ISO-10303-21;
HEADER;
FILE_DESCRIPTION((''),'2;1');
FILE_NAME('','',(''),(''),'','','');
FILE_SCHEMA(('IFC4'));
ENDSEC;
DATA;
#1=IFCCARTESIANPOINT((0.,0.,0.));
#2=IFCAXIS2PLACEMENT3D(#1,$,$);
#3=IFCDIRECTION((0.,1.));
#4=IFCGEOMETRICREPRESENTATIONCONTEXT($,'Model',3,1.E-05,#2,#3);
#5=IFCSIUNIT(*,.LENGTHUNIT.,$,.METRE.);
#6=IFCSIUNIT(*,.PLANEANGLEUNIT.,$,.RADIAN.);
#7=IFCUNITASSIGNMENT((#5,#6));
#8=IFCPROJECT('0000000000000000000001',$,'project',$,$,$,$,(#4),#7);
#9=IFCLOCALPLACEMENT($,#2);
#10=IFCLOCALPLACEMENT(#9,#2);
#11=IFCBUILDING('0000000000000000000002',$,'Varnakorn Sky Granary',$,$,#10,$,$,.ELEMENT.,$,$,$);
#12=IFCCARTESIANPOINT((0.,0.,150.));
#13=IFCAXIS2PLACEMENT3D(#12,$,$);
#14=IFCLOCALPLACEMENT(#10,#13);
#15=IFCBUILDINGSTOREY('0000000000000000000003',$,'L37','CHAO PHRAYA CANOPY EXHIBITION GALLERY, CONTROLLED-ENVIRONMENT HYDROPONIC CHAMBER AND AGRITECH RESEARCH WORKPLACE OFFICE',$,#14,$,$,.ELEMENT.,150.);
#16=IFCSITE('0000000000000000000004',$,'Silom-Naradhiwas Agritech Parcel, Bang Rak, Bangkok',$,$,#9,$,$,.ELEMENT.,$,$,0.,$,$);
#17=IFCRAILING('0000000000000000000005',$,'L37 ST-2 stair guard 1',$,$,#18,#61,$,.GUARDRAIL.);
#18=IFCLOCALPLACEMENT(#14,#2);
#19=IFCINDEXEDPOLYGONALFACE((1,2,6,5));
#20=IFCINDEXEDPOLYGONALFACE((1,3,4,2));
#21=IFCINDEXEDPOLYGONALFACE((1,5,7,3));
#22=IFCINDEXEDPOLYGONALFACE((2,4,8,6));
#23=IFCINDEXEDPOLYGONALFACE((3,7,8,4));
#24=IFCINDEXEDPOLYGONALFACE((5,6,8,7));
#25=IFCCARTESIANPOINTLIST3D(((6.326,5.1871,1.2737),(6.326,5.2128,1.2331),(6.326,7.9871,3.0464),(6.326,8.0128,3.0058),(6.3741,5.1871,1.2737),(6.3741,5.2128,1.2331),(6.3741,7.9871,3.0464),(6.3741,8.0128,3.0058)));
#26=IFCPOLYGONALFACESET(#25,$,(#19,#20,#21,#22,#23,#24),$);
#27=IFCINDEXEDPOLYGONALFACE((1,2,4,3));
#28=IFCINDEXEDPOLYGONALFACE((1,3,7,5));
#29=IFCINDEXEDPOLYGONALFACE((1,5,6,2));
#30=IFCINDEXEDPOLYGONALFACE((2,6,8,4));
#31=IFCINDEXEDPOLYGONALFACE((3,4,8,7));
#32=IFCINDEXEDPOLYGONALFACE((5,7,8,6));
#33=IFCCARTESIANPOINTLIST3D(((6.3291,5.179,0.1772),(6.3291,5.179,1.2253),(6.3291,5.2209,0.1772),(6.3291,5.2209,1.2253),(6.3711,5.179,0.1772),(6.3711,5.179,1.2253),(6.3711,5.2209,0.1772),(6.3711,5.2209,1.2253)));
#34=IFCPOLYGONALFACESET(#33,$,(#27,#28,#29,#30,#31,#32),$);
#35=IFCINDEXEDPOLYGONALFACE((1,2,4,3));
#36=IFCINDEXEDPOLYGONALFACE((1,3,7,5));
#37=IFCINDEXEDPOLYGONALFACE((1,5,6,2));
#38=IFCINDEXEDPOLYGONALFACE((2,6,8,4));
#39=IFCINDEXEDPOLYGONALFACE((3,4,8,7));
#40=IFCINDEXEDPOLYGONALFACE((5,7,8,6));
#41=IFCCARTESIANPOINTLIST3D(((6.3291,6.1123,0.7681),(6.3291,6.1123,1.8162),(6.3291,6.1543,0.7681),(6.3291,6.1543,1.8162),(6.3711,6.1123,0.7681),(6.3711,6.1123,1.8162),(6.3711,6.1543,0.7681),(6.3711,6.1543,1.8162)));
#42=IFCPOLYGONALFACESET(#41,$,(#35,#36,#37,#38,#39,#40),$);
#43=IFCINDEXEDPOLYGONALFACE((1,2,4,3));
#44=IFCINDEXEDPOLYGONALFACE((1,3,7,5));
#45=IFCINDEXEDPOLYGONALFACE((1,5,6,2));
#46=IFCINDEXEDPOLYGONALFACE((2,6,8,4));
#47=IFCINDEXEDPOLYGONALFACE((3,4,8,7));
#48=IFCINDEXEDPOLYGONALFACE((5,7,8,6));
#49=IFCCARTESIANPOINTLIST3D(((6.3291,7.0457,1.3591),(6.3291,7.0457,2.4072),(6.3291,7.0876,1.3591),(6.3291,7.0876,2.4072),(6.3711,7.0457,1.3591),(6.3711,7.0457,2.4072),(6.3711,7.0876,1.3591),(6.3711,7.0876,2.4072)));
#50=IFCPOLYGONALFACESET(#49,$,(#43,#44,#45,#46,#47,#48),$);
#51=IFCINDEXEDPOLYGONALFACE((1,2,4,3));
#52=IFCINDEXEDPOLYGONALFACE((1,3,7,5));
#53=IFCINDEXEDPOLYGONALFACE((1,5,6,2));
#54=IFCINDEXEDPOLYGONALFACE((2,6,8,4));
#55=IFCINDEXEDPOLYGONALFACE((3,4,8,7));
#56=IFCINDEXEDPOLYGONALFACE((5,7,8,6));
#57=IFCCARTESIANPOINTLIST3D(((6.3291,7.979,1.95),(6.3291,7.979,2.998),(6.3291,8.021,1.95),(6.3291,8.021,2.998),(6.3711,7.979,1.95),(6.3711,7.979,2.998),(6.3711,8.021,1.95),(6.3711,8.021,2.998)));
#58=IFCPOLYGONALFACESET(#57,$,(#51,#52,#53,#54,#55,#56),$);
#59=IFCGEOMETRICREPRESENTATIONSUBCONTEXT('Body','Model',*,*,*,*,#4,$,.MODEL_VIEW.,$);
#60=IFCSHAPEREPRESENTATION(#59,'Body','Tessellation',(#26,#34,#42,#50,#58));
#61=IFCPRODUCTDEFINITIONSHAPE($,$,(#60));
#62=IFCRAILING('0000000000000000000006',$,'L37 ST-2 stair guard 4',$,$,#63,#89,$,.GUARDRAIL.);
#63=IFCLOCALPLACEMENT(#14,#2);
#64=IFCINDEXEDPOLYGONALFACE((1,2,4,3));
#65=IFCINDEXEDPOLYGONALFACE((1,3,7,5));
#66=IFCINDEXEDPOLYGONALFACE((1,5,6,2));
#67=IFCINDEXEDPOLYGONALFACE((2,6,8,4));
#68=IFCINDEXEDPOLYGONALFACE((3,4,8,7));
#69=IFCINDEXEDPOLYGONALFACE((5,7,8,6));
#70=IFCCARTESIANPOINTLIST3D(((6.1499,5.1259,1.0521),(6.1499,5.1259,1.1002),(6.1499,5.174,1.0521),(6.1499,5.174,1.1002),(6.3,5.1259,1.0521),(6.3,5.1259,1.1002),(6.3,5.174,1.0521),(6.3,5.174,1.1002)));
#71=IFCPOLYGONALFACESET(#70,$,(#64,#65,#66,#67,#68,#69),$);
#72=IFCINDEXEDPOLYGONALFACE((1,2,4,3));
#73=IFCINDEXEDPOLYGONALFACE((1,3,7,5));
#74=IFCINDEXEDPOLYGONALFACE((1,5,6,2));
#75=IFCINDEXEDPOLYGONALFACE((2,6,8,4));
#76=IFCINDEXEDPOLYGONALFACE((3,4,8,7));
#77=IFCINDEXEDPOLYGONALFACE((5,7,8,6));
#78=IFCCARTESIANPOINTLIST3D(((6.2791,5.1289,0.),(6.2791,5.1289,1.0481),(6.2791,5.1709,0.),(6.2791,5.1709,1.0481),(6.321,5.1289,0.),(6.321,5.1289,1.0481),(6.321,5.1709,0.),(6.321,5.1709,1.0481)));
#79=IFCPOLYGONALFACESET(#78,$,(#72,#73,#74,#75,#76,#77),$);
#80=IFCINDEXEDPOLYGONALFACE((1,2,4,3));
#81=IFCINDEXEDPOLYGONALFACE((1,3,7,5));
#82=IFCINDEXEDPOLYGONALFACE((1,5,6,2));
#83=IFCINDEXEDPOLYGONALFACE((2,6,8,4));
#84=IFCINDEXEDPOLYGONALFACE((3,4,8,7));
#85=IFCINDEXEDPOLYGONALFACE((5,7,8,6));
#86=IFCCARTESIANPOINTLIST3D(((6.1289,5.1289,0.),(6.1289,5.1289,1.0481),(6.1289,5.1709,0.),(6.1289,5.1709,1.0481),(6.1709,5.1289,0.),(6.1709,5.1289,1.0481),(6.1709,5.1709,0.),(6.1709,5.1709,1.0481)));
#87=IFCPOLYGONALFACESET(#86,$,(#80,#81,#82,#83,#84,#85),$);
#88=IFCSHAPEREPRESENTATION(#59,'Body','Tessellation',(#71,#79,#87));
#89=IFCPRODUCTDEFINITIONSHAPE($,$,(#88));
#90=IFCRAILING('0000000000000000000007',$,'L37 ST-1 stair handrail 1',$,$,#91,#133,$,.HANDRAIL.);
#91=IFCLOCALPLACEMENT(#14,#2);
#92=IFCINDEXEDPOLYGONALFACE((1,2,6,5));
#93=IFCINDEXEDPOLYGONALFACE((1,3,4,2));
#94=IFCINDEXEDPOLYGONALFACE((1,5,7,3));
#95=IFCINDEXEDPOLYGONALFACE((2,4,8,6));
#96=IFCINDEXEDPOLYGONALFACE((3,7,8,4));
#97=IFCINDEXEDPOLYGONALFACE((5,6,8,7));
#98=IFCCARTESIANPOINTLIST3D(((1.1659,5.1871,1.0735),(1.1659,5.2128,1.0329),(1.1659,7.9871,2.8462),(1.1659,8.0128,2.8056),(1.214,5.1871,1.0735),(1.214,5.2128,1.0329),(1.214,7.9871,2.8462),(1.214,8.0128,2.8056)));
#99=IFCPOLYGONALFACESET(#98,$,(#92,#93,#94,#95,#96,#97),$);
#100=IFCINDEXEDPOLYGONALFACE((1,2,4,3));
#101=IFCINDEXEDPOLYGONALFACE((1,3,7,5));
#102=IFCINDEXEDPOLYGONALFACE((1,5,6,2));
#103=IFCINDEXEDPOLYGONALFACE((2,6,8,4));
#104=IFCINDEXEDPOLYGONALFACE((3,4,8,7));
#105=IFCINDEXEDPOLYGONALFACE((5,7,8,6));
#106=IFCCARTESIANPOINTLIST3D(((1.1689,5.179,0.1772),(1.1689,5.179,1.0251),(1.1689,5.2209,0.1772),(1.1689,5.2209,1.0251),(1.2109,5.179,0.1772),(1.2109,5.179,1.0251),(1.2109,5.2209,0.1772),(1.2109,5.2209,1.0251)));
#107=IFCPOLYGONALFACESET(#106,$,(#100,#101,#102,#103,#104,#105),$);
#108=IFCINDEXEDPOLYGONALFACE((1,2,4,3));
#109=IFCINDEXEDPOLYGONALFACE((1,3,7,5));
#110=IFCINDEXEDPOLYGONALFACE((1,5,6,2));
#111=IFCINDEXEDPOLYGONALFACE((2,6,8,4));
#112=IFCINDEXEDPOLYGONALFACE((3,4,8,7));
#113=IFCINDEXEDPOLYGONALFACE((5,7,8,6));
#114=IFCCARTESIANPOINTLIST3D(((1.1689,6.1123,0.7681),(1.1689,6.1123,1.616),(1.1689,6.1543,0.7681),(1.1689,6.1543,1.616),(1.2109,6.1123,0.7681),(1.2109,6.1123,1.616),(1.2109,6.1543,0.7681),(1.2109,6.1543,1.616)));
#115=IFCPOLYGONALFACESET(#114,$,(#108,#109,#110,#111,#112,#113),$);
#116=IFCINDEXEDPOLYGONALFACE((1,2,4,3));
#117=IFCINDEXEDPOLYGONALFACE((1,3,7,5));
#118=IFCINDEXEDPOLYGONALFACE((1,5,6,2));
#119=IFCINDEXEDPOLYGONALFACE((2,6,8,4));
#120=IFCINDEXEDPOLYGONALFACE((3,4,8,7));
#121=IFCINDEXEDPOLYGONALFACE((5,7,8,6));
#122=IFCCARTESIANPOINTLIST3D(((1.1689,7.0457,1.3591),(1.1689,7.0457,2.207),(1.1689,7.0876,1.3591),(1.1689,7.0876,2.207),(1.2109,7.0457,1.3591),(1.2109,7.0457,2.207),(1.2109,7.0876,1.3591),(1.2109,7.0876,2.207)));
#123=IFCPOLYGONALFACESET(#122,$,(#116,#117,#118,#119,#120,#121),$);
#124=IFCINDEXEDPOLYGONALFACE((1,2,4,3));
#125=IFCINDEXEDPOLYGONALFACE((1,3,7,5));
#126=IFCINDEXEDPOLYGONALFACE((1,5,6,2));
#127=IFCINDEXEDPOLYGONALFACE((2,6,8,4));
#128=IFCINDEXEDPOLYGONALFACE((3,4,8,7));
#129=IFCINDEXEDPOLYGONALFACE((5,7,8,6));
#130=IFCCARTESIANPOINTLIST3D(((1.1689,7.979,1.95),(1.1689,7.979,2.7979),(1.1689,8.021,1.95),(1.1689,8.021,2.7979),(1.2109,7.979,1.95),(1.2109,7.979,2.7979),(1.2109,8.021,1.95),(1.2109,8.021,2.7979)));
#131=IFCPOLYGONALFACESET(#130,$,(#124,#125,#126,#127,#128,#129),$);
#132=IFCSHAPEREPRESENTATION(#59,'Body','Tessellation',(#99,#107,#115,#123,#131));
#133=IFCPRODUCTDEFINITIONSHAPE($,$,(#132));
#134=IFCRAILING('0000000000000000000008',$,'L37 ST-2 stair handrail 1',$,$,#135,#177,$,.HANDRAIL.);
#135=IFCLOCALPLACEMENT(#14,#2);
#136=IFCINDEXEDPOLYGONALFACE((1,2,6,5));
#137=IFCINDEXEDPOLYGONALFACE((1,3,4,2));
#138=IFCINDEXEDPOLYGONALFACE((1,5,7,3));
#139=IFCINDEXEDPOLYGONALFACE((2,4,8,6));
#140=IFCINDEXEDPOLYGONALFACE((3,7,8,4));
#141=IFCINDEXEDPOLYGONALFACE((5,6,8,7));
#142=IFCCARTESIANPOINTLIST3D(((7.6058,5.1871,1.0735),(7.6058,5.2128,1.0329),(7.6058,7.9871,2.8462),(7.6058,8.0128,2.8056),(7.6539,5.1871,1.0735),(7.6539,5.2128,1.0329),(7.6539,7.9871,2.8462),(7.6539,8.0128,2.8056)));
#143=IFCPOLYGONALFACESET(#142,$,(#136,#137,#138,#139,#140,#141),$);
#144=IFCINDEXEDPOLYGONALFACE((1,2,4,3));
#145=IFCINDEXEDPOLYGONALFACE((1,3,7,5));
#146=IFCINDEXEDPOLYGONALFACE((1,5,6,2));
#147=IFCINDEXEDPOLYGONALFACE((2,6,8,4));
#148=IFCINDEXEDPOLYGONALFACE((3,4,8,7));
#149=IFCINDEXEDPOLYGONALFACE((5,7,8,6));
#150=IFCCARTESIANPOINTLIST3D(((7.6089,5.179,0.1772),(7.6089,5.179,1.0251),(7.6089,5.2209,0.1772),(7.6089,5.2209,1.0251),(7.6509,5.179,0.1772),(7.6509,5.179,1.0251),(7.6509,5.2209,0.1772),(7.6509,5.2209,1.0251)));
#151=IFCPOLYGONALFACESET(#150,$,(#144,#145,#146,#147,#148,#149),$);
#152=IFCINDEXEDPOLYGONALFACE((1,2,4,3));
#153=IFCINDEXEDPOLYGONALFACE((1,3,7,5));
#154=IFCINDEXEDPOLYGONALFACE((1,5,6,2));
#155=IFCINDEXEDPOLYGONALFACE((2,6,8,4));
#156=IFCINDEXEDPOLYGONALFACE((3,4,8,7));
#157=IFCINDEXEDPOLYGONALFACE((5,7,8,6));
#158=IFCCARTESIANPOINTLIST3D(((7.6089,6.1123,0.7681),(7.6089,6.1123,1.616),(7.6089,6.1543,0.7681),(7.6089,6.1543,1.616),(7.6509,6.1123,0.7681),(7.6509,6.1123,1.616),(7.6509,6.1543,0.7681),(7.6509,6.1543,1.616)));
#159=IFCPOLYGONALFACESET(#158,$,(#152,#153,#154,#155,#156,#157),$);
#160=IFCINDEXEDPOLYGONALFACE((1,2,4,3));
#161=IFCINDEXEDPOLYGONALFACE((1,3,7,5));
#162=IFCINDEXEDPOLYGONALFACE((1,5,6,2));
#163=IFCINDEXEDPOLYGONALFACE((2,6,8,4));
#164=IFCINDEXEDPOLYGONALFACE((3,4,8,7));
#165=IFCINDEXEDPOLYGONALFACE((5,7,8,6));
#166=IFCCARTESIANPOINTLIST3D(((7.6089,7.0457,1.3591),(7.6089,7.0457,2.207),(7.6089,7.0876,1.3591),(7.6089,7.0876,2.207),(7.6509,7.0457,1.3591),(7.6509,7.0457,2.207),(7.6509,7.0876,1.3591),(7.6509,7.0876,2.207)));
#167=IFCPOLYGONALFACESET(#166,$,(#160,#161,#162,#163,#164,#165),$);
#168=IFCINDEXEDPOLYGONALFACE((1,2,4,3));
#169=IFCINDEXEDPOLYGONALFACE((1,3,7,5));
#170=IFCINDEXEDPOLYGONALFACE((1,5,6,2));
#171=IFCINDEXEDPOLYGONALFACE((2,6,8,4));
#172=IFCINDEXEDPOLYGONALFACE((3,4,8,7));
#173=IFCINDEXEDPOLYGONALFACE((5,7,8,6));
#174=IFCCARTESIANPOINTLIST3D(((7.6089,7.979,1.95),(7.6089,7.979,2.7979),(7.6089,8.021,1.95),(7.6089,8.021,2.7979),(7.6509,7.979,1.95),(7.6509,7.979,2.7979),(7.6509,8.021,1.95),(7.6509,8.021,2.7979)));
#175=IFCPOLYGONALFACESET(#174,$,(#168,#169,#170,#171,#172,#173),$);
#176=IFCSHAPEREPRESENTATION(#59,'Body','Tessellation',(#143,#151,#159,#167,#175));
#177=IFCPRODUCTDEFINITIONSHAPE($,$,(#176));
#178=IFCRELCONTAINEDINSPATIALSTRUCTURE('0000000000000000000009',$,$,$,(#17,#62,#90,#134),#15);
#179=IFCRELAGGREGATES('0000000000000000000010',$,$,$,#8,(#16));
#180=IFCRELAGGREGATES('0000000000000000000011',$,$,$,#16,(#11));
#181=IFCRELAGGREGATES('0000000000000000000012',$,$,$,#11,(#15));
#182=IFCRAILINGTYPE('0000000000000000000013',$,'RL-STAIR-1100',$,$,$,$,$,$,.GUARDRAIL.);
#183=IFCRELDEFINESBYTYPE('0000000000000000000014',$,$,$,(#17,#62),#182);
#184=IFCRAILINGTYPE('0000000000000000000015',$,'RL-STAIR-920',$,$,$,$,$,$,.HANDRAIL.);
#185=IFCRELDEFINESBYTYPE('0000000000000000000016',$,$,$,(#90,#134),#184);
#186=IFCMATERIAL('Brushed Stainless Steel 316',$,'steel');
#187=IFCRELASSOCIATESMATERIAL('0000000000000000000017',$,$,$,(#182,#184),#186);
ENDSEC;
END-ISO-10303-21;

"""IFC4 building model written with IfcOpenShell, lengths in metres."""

from ifc_helpers import new_model, si_unit, direction, frame, origin, origin_2d, place, context, subcontext, project, spatial, rectangle, extrude, material, type_object, element, save


model = new_model("IFC4")

# Units and contexts
model_context = context("Model", 3, precision=1e-05, world=origin(), true_north=direction((0.0, 1.0)))
body_context = subcontext(model_context, "Body", "Model", "MODEL_VIEW")
ifc_project = project(units=[si_unit("LENGTHUNIT", "METRE"), si_unit("PLANEANGLEUNIT", "RADIAN")], contexts=[model_context])

# Site, building, storey
site_placement = place(None, origin())
site = spatial("IfcSite", under=ifc_project, at=site_placement, Name="Silom-Naradhiwas Agritech Parcel, Bang Rak, Bangkok", CompositionType="ELEMENT", RefElevation=0.0)
building_placement = place(site_placement, origin())
building = spatial("IfcBuilding", under=site, at=building_placement, Name="Varnakorn Sky Granary", CompositionType="ELEMENT")
storey_placement = place(building_placement, frame((0.0, 0.0, 150.0)))
storey = spatial("IfcBuildingStorey", under=building, at=storey_placement, Name="L37", Description="CHAO PHRAYA CANOPY EXHIBITION GALLERY, CONTROLLED-ENVIRONMENT HYDROPONIC CHAMBER AND AGRITECH RESEARCH WORKPLACE OFFICE", CompositionType="ELEMENT", Elevation=150.0)

# Railings
ifc_material_1 = material(Name="Brushed Stainless Steel 316", Category="steel")
railing_type_1 = type_object("IfcRailingType", Name="RL-STAIR-1100", PredefinedType="GUARDRAIL", material=ifc_material_1)
railing_1_placement = place(storey_placement, frame((6.3501, 5.2, 0.1772)))
element("IfcRailing", 1, at=railing_1_placement, inside=storey, type_object=railing_type_1, Name="L37 ST-2 stair guard 1", PredefinedType="GUARDRAIL", context=body_context, shape_type="SweptSolid", body=[
    extrude(rectangle(XDim=0.0481, YDim=0.0481, at=origin_2d()), frame((0.0, 0.0, 1.0762), z_axis=(0.0, 0.844909, 0.53491), x_axis=(-1.0, 0.0, 0.0)), (0.0, 0.0, 1.0), 3.314),
    extrude(rectangle(XDim=0.042, YDim=0.042, at=origin_2d()), origin(), (0.0, 0.0, 1.0), 1.0481),
    extrude(rectangle(XDim=0.042, YDim=0.042, at=origin_2d()), frame((0.0, 0.9333, 0.5908)), (0.0, 0.0, 1.0), 1.0481),
    extrude(rectangle(XDim=0.042, YDim=0.042, at=origin_2d()), frame((0.0, 1.8667, 1.1819)), (0.0, 0.0, 1.0), 1.0481),
    extrude(rectangle(XDim=0.042, YDim=0.042, at=origin_2d()), frame((0.0, 2.8, 1.7727)), (0.0, 0.0, 1.0), 1.0481),
])
railing_2_placement = place(storey_placement, frame((6.3, 5.1499, 0.0)))
element("IfcRailing", 2, at=railing_2_placement, inside=storey, type_object=railing_type_1, Name="L37 ST-2 stair guard 4", PredefinedType="GUARDRAIL", context=body_context, shape_type="SweptSolid", body=[
    extrude(rectangle(XDim=0.0481, YDim=0.0481, at=origin_2d()), frame((0.0, 0.0, 1.0762), z_axis=(-1.0, 0.0, 0.0), x_axis=(0.0, -1.0, 0.0)), (0.0, 0.0, 1.0), 0.1501),
    extrude(rectangle(XDim=0.042, YDim=0.042, at=origin_2d()), origin(), (0.0, 0.0, 1.0), 1.0481),
    extrude(rectangle(XDim=0.042, YDim=0.042, at=origin_2d()), frame((-0.1501, 0.0, 0.0)), (0.0, 0.0, 1.0), 1.0481),
])
railing_type_2 = type_object("IfcRailingType", Name="RL-STAIR-920", PredefinedType="HANDRAIL", material=ifc_material_1)
for number, where, name in (
    (3, (1.1899, 5.2, 0.1772), "L37 ST-1 stair handrail 1"),
    (4, (7.6299, 5.2, 0.1772), "L37 ST-2 stair handrail 1"),
):
    element("IfcRailing", number, at=place(storey_placement, frame(where)), inside=storey, type_object=railing_type_2, Name=name, PredefinedType="HANDRAIL", context=body_context, shape_type="SweptSolid", body=[
        extrude(rectangle(XDim=0.0481, YDim=0.0481, at=origin_2d()), frame((0.0, 0.0, 0.876), z_axis=(0.0, 0.844909, 0.53491), x_axis=(-1.0, 0.0, 0.0)), (0.0, 0.0, 1.0), 3.314),
        extrude(rectangle(XDim=0.042, YDim=0.042, at=origin_2d()), origin(), (0.0, 0.0, 1.0), 0.8479),
        extrude(rectangle(XDim=0.042, YDim=0.042, at=origin_2d()), frame((0.0, 0.9333, 0.5908)), (0.0, 0.0, 1.0), 0.8479),
        extrude(rectangle(XDim=0.042, YDim=0.042, at=origin_2d()), frame((0.0, 1.8667, 1.1819)), (0.0, 0.0, 1.0), 0.8479),
        extrude(rectangle(XDim=0.042, YDim=0.042, at=origin_2d()), frame((0.0, 2.8, 1.7727)), (0.0, 0.0, 1.0), 0.8479),
    ])

save(model, "model.ifc")
